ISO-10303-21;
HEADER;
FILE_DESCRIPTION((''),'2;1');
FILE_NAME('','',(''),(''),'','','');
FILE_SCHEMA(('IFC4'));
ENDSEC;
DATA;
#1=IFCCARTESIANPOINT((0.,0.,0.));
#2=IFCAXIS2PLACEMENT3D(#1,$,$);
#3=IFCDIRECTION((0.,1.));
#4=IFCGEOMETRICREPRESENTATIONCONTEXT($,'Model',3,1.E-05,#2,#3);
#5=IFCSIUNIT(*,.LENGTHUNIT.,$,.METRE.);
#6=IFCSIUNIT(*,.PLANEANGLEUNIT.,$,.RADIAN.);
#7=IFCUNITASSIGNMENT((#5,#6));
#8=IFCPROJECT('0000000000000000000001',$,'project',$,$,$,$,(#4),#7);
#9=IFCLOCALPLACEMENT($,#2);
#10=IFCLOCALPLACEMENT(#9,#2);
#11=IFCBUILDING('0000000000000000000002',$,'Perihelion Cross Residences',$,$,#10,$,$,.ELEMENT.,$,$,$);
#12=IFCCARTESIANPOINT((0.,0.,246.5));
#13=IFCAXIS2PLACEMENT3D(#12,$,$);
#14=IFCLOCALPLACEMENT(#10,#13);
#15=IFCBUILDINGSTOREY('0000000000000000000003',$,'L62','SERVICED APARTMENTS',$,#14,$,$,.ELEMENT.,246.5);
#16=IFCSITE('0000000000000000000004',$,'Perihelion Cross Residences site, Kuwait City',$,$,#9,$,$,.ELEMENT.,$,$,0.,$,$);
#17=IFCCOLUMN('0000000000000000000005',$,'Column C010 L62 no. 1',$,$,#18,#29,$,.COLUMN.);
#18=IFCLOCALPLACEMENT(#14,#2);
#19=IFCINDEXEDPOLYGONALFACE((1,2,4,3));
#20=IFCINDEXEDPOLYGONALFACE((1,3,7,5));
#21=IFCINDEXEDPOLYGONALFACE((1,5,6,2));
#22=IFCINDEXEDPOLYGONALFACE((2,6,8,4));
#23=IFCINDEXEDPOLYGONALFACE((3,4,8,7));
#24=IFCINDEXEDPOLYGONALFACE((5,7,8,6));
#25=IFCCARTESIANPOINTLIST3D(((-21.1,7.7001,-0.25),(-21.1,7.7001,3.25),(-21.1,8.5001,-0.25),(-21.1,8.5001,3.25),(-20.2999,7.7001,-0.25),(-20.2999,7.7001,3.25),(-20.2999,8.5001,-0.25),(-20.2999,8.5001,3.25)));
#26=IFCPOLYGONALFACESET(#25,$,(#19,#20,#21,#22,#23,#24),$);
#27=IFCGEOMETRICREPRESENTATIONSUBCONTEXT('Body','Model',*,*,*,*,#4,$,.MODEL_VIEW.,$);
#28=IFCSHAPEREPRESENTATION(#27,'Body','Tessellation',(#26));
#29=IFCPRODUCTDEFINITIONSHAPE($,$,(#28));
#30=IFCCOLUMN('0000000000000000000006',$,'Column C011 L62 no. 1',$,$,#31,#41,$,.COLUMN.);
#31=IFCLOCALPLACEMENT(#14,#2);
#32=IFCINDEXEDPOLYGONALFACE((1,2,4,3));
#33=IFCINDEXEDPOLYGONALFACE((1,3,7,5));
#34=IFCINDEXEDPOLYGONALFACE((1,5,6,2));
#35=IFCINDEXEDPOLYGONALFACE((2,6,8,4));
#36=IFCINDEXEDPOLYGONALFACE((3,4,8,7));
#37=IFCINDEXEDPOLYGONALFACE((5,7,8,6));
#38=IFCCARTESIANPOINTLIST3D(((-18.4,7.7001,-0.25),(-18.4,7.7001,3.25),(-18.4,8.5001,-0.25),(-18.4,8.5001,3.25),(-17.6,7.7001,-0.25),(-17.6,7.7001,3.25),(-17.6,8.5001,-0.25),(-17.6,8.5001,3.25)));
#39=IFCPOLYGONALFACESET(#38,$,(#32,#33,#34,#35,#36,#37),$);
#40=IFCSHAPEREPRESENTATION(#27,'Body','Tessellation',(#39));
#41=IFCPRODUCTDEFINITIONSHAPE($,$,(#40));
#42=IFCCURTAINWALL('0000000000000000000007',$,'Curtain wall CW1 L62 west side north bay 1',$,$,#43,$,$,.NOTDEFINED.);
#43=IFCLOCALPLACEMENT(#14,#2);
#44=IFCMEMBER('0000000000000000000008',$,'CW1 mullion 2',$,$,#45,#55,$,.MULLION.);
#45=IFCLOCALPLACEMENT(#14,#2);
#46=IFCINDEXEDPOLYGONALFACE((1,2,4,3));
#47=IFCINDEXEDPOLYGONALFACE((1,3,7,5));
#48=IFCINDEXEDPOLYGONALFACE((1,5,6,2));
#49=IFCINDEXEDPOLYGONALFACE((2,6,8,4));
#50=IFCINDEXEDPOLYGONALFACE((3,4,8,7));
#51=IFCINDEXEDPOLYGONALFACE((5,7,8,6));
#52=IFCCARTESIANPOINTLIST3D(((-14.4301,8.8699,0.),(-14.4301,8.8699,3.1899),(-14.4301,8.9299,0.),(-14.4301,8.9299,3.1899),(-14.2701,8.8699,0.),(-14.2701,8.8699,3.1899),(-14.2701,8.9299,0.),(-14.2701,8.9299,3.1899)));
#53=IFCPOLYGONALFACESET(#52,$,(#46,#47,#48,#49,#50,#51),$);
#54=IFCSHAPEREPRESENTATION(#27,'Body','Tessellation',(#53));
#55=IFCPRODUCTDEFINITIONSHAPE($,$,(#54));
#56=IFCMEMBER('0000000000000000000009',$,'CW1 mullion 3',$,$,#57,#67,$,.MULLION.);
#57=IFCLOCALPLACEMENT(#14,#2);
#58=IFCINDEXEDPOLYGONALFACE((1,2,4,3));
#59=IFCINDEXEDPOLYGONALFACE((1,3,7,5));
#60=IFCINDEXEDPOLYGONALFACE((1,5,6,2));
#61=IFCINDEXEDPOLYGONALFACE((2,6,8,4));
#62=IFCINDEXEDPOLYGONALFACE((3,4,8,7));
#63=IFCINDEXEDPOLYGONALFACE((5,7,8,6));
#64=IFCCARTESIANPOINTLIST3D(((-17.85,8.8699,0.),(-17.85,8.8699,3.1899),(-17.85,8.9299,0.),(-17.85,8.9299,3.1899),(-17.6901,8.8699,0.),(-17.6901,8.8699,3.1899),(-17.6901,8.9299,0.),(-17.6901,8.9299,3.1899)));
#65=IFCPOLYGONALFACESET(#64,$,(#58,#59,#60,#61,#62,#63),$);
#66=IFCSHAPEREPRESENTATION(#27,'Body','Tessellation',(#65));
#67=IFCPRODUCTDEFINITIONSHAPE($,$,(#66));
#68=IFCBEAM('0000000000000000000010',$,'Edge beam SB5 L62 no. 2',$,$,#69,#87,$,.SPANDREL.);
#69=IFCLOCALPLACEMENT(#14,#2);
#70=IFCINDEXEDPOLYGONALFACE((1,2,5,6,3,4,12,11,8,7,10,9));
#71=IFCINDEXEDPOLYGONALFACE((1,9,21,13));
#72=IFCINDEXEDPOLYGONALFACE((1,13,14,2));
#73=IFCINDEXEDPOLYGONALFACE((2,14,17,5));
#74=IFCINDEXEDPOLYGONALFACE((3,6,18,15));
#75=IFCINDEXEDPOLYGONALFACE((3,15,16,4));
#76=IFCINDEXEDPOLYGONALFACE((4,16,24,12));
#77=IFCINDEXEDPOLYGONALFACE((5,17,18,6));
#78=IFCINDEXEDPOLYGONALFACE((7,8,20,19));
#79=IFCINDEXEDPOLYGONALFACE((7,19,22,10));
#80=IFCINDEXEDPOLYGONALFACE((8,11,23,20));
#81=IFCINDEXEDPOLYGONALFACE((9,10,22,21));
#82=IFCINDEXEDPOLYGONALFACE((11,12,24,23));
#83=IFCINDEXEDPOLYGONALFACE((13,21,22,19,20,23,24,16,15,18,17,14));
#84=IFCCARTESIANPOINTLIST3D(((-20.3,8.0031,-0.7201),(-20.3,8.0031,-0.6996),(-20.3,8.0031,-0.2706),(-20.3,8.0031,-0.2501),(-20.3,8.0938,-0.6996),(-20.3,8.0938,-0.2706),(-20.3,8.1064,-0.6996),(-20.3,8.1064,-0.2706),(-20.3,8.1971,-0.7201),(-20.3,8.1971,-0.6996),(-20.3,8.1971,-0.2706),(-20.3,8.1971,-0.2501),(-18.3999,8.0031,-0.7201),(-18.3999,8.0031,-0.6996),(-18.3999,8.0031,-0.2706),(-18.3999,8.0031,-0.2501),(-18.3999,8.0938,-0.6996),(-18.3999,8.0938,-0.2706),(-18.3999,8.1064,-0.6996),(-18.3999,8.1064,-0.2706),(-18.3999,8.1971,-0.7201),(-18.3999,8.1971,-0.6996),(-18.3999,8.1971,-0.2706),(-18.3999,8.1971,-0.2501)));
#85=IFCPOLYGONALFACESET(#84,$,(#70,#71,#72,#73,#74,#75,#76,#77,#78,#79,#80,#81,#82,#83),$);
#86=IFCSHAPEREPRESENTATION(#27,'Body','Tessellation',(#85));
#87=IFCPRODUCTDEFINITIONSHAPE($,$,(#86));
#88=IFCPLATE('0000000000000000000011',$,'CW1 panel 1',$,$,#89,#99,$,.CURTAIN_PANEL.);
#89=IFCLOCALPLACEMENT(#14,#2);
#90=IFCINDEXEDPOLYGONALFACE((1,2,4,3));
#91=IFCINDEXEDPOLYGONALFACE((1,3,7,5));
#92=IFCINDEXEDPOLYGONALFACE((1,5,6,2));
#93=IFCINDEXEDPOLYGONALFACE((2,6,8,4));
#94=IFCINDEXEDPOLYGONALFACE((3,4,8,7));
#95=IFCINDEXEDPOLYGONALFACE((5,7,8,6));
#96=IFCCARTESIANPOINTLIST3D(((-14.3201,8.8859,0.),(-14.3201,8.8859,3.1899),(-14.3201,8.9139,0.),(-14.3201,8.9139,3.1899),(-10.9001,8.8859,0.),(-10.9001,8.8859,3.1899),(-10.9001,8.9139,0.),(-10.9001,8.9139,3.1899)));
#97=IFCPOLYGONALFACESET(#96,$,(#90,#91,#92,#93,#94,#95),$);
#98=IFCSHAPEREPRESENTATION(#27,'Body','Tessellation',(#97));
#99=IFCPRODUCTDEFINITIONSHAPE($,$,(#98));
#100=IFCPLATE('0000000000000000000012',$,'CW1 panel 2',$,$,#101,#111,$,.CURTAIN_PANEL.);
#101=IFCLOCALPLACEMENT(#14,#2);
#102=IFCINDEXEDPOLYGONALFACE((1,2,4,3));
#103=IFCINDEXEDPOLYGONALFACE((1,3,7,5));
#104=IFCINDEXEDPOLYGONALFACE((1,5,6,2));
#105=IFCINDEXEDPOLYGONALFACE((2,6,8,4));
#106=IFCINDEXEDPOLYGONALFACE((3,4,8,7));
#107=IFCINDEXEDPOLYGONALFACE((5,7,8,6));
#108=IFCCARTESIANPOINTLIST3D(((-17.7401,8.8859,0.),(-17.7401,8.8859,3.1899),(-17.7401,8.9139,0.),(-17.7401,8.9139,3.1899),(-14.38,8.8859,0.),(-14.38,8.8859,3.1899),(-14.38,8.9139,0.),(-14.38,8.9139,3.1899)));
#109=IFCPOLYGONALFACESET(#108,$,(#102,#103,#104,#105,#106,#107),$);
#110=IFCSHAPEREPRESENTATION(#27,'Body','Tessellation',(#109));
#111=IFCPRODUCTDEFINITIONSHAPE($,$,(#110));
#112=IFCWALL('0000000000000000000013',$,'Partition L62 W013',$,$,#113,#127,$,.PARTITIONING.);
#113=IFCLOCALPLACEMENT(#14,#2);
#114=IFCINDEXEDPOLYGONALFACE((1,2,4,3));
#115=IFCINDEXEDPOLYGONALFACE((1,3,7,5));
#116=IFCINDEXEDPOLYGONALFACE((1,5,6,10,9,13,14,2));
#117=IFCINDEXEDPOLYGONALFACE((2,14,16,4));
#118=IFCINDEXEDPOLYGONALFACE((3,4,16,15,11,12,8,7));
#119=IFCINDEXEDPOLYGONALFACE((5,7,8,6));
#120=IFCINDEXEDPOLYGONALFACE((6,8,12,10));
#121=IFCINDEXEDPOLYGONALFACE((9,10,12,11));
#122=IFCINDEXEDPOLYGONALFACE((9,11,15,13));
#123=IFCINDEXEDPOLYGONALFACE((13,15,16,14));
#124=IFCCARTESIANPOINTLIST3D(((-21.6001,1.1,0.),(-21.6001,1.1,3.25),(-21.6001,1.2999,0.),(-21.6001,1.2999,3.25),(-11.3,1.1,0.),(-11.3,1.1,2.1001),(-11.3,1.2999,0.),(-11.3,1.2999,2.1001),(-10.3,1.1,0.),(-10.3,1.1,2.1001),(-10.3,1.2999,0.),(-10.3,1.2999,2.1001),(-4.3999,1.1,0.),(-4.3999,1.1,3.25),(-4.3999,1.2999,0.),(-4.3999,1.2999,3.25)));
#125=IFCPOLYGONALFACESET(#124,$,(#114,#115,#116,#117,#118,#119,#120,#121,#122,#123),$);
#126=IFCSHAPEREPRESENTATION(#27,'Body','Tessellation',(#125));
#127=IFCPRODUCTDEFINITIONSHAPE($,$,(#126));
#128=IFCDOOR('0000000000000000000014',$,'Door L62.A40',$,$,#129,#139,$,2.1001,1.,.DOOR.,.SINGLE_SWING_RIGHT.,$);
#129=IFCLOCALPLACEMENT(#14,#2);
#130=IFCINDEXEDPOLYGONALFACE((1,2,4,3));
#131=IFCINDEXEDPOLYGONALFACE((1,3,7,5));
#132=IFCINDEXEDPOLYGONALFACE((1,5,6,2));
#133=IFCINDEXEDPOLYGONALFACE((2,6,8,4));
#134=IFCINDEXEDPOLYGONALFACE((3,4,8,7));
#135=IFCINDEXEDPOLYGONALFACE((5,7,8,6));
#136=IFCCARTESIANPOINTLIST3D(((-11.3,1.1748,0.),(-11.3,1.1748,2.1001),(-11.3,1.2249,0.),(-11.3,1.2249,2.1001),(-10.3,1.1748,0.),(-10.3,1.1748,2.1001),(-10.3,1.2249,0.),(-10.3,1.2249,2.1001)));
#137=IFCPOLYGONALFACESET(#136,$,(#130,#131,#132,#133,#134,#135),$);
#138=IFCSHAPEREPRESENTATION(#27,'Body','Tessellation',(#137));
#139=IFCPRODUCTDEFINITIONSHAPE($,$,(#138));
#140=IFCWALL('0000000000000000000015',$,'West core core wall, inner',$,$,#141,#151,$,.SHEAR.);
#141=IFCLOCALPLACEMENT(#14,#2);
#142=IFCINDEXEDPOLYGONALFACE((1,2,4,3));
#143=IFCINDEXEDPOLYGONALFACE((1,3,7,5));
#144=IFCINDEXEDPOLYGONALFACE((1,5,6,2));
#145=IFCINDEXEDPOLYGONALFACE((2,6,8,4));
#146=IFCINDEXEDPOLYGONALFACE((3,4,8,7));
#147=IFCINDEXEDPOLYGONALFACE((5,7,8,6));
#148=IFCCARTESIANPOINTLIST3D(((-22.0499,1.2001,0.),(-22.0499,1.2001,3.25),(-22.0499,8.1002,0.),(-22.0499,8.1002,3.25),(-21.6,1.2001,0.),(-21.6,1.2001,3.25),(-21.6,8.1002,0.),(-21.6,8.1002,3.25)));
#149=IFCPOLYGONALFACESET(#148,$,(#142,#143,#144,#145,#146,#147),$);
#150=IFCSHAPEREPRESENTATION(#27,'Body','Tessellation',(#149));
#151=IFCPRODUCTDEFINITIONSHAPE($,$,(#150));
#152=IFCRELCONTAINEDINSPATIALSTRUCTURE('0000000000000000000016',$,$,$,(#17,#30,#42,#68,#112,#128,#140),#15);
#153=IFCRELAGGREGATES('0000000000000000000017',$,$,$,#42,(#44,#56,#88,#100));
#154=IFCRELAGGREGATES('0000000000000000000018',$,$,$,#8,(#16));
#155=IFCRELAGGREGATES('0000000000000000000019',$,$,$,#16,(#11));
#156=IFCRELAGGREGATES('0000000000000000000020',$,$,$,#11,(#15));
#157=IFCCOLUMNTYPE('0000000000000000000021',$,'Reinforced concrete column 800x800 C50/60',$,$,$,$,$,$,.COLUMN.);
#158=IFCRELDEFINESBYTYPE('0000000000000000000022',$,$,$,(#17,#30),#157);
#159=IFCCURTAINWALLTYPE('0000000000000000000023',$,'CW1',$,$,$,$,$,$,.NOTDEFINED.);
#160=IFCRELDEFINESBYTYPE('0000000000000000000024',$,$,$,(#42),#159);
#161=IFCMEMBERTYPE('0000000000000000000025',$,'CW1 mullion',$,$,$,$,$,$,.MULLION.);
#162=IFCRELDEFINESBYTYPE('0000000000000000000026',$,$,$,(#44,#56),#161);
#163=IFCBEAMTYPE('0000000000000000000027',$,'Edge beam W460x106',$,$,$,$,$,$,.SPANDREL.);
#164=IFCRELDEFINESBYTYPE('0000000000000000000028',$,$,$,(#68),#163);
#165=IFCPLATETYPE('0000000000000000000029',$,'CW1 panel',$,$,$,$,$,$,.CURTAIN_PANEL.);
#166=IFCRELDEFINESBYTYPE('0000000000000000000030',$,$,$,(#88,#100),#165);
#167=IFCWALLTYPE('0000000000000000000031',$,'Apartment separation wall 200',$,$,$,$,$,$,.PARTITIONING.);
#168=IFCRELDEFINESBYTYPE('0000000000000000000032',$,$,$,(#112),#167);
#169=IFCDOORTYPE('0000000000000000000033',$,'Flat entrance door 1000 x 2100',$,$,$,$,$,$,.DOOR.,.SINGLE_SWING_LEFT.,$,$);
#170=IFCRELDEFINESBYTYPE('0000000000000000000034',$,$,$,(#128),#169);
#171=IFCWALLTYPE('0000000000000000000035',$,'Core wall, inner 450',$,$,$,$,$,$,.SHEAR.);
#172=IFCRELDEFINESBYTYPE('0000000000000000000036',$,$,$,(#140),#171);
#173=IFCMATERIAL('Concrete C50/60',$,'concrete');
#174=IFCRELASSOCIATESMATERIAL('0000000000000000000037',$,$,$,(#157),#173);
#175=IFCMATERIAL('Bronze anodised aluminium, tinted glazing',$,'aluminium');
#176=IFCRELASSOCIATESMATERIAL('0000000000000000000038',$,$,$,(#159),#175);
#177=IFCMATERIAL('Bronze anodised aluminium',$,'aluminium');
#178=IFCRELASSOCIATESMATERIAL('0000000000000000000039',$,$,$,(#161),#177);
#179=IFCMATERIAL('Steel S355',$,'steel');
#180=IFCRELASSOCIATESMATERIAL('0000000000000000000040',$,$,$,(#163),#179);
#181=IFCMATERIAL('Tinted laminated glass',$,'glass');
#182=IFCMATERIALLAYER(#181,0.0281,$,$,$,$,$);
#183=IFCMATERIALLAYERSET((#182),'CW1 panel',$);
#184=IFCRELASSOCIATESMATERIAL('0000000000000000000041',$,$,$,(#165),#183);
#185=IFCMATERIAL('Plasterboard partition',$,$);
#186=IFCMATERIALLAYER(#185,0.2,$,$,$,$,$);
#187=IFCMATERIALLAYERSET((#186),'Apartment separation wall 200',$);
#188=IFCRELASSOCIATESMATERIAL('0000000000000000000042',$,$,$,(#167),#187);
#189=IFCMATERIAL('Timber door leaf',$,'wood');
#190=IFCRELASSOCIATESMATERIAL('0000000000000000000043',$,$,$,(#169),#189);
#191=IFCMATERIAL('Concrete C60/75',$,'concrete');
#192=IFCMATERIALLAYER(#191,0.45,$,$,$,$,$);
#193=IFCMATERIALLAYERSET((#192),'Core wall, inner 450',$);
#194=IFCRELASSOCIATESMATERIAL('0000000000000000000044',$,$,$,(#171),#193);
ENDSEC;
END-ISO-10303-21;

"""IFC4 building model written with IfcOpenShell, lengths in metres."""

from ifc_helpers import new_model, si_unit, direction, frame, frame_2d, origin, origin_2d, place, context, subcontext, project, spatial, rectangle, i_section, extrude, material, layer, layer_set, material_profile, profile_set, type_object, element, fill, aggregate, save


model = new_model("IFC4")

# Units and contexts
model_context = context("Model", 3, precision=1e-05, world=origin(), true_north=direction((0.0, 1.0)))
body_context = subcontext(model_context, "Body", "Model", "MODEL_VIEW")
ifc_project = project(units=[si_unit("LENGTHUNIT", "METRE"), si_unit("PLANEANGLEUNIT", "RADIAN")], contexts=[model_context])

# Site, building, storey
site_placement = place(None, origin())
site = spatial("IfcSite", under=ifc_project, at=site_placement, Name="Perihelion Cross Residences site, Kuwait City", CompositionType="ELEMENT", RefElevation=0.0)
building_placement = place(site_placement, origin())
building = spatial("IfcBuilding", under=site, at=building_placement, Name="Perihelion Cross Residences", CompositionType="ELEMENT")
storey_placement = place(building_placement, frame((0.0, 0.0, 246.5)))
storey = spatial("IfcBuildingStorey", under=building, at=storey_placement, Name="L62", Description="SERVICED APARTMENTS", CompositionType="ELEMENT", Elevation=246.5)

# Columns
ifc_material_1 = material(Name="Concrete C50/60", Category="concrete")
ifc_material_profile_1 = material_profile(ifc_material_1, rectangle(XDim=0.8, YDim=0.8, at=origin_2d()), Name="RC 800x800")
ifc_profile_set_1 = profile_set([ifc_material_profile_1], Name="Concrete C50/60")
column_type = type_object("IfcColumnType", Name="Reinforced concrete column 800x800 C50/60", PredefinedType="COLUMN", material=ifc_profile_set_1)
for number, where, z_axis, x_axis, name in (
    (1, (-20.7, 8.1001, -0.25), (0.0, 0.0, 1.0), (1.0, 0.0, 0.0), "Column C010 L62 no. 1"),
    (2, (-18.0, 8.1001, -0.25), (0.0, 0.0, 1.0), (1.0, 0.0, 0.0), "Column C011 L62 no. 1"),
):
    element("IfcColumn", number, at=place(storey_placement, frame(where, z_axis=z_axis, x_axis=x_axis)), inside=storey, type_object=column_type, Name=name, PredefinedType="COLUMN", context=body_context, shape_type="SweptSolid", body=[
        extrude(rectangle(XDim=0.8, YDim=0.8, at=origin_2d()), origin(), (0.0, 0.0, 1.0), 3.5),
    ])

# Curtain wall, members
ifc_material_2 = material(Name="Bronze anodised aluminium, tinted glazing", Category="aluminium")
curtain_wall_type = type_object("IfcCurtainWallType", Name="CW1", PredefinedType="NOTDEFINED", material=ifc_material_2)
curtain_wall_placement = place(storey_placement, origin())
curtain_wall = element("IfcCurtainWall", 3, at=curtain_wall_placement, inside=storey, type_object=curtain_wall_type, Name="Curtain wall CW1 L62 west side north bay 1", PredefinedType="NOTDEFINED")
ifc_material_3 = material(Name="Bronze anodised aluminium", Category="aluminium")
ifc_material_profile_2 = material_profile(ifc_material_3, rectangle(XDim=0.0601, YDim=0.1599, at=origin_2d()), Name="CW1 mullion")
ifc_profile_set_2 = profile_set([ifc_material_profile_2], Name="Bronze anodised aluminium")
member_type = type_object("IfcMemberType", Name="CW1 mullion", PredefinedType="MULLION", material=ifc_profile_set_2)
member_1_placement = place(storey_placement, frame((-14.3501, 8.8999, 0.0), z_axis=(0.0, 0.0, 1.0), x_axis=(0.0, -1.0, 0.0)))
member_1 = element("IfcMember", 4, at=member_1_placement, type_object=member_type, Name="CW1 mullion 2", PredefinedType="MULLION", context=body_context, shape_type="SweptSolid", body=[
    extrude(rectangle(XDim=0.0601, YDim=0.1599, at=origin_2d()), origin(), (0.0, 0.0, 1.0), 3.1899),
])
member_2_placement = place(storey_placement, frame((-17.77, 8.8999, 0.0), z_axis=(0.0, 0.0, 1.0), x_axis=(0.0, -1.0, 0.0)))
member_2 = element("IfcMember", 5, at=member_2_placement, type_object=member_type, Name="CW1 mullion 3", PredefinedType="MULLION", context=body_context, shape_type="SweptSolid", body=[
    extrude(rectangle(XDim=0.0601, YDim=0.1599, at=origin_2d()), origin(), (0.0, 0.0, 1.0), 3.1899),
])

# Beam
ifc_material_4 = material(Name="Steel S355", Category="steel")
ifc_material_profile_3 = material_profile(ifc_material_4, i_section(OverallWidth=0.1941, OverallDepth=0.47, WebThickness=0.0127, FlangeThickness=0.0205, at=origin_2d()), Name="W460x106")
ifc_profile_set_3 = profile_set([ifc_material_profile_3], Name="Steel S355")
beam_type = type_object("IfcBeamType", Name="Edge beam W460x106", PredefinedType="SPANDREL", material=ifc_profile_set_3)
beam_placement = place(storey_placement, frame((-18.3999, 8.1001, -0.4851), z_axis=(-1.0, 0.0, 0.0), x_axis=(0.0, -1.0, 0.0)))
element("IfcBeam", 6, at=beam_placement, inside=storey, type_object=beam_type, Name="Edge beam SB5 L62 no. 2", PredefinedType="SPANDREL", context=body_context, shape_type="SweptSolid", body=[
    extrude(i_section(OverallWidth=0.1941, OverallDepth=0.47, WebThickness=0.0127, FlangeThickness=0.0205, at=origin_2d()), origin(), (0.0, 0.0, 1.0), 1.9001),
])

# Plates
ifc_material_5 = material(Name="Tinted laminated glass", Category="glass")
ifc_layer_1 = layer(ifc_material_5, 0.0281)
ifc_layer_set_1 = layer_set([ifc_layer_1], Name="CW1 panel")
plate_type = type_object("IfcPlateType", Name="CW1 panel", PredefinedType="CURTAIN_PANEL", material=ifc_layer_set_1)
plate_1_placement = place(storey_placement, frame((-12.6101, 8.8999, 0.0), z_axis=(0.0, 0.0, 1.0), x_axis=(-1.0, 0.0, 0.0)))
plate_1 = element("IfcPlate", 7, at=plate_1_placement, type_object=plate_type, Name="CW1 panel 1", PredefinedType="CURTAIN_PANEL", context=body_context, shape_type="SweptSolid", body=[
    extrude(rectangle(XDim=3.4199, YDim=0.0281, at=origin_2d()), origin(), (0.0, 0.0, 1.0), 3.1899),
])
plate_2_placement = place(storey_placement, frame((-16.0601, 8.8999, 0.0), z_axis=(0.0, 0.0, 1.0), x_axis=(-1.0, 0.0, 0.0)))
plate_2 = element("IfcPlate", 8, at=plate_2_placement, type_object=plate_type, Name="CW1 panel 2", PredefinedType="CURTAIN_PANEL", context=body_context, shape_type="SweptSolid", body=[
    extrude(rectangle(XDim=3.3601, YDim=0.0281, at=origin_2d()), origin(), (0.0, 0.0, 1.0), 3.1899),
])
aggregate(curtain_wall, [member_1, member_2, plate_1, plate_2])

# Wall, opening, door
ifc_material_6 = material(Name="Plasterboard partition")
ifc_layer_2 = layer(ifc_material_6, 0.2)
ifc_layer_set_2 = layer_set([ifc_layer_2], Name="Apartment separation wall 200")
wall_type_1 = type_object("IfcWallType", Name="Apartment separation wall 200", PredefinedType="PARTITIONING", material=ifc_layer_set_2)
wall_1_placement = place(storey_placement, frame((-21.6001, 1.2, 0.0), z_axis=(0.0, 0.0, 1.0), x_axis=(1.0, 0.0, 0.0)))
wall_1 = element("IfcWall", 9, at=wall_1_placement, inside=storey, type_object=wall_type_1, Name="Partition L62 W013", PredefinedType="PARTITIONING", context=body_context, shape_type="SweptSolid", body=[
    extrude(rectangle(XDim=17.2002, YDim=0.2, at=frame_2d((8.6001, 0.0))), origin(), (0.0, 0.0, 1.0), 3.25),
])
opening_1_placement = place(wall_1_placement, frame((10.3, 0.0, 0.0)))
opening_1 = element("IfcOpeningElement", 10, at=opening_1_placement, cuts=wall_1, PredefinedType="OPENING", context=body_context, shape_type="SweptSolid", body=[
    extrude(rectangle(XDim=1.0, YDim=2.1001, at=frame_2d((0.5, 1.05))), frame((0.0, 0.1099, 0.0), z_axis=(0.0, -1.0, 0.0), x_axis=(1.0, 0.0, 0.0)), (0.0, 0.0, 1.0), 0.22),
])
ifc_material_7 = material(Name="Timber door leaf", Category="wood")
door_type_1 = type_object("IfcDoorType", Name="Flat entrance door 1000 x 2100", OperationType="SINGLE_SWING_LEFT", PredefinedType="DOOR", material=ifc_material_7)
door_1_placement = place(opening_1_placement, origin())
door_1 = element("IfcDoor", 11, at=door_1_placement, inside=storey, type_object=door_type_1, Name="Door L62.A40", OperationType="SINGLE_SWING_RIGHT", OverallHeight=2.1001, OverallWidth=1.0, PredefinedType="DOOR", context=body_context, shape_type="SweptSolid", body=[
    extrude(rectangle(XDim=1.0, YDim=2.1001, at=frame_2d((0.5, 1.05))), frame((0.0, 0.0249, 0.0), z_axis=(0.0, -1.0, 0.0), x_axis=(1.0, 0.0, 0.0)), (0.0, 0.0, 1.0), 0.05),
])
fill(opening_1, door_1)

# Wall
ifc_material_8 = material(Name="Concrete C60/75", Category="concrete")
ifc_layer_3 = layer(ifc_material_8, 0.45)
ifc_layer_set_3 = layer_set([ifc_layer_3], Name="Core wall, inner 450")
wall_type_2 = type_object("IfcWallType", Name="Core wall, inner 450", PredefinedType="SHEAR", material=ifc_layer_set_3)
wall_2_placement = place(storey_placement, frame((-21.825, 1.2, 0.0), z_axis=(0.0, 0.0, 1.0), x_axis=(0.0, 1.0, 0.0)))
element("IfcWall", 12, at=wall_2_placement, inside=storey, type_object=wall_type_2, Name="West core core wall, inner", PredefinedType="SHEAR", context=body_context, shape_type="SweptSolid", body=[
    extrude(rectangle(XDim=6.9001, YDim=0.45, at=frame_2d((3.4502, 0.0))), origin(), (0.0, 0.0, 1.0), 3.25),
])

save(model, "model.ifc")
